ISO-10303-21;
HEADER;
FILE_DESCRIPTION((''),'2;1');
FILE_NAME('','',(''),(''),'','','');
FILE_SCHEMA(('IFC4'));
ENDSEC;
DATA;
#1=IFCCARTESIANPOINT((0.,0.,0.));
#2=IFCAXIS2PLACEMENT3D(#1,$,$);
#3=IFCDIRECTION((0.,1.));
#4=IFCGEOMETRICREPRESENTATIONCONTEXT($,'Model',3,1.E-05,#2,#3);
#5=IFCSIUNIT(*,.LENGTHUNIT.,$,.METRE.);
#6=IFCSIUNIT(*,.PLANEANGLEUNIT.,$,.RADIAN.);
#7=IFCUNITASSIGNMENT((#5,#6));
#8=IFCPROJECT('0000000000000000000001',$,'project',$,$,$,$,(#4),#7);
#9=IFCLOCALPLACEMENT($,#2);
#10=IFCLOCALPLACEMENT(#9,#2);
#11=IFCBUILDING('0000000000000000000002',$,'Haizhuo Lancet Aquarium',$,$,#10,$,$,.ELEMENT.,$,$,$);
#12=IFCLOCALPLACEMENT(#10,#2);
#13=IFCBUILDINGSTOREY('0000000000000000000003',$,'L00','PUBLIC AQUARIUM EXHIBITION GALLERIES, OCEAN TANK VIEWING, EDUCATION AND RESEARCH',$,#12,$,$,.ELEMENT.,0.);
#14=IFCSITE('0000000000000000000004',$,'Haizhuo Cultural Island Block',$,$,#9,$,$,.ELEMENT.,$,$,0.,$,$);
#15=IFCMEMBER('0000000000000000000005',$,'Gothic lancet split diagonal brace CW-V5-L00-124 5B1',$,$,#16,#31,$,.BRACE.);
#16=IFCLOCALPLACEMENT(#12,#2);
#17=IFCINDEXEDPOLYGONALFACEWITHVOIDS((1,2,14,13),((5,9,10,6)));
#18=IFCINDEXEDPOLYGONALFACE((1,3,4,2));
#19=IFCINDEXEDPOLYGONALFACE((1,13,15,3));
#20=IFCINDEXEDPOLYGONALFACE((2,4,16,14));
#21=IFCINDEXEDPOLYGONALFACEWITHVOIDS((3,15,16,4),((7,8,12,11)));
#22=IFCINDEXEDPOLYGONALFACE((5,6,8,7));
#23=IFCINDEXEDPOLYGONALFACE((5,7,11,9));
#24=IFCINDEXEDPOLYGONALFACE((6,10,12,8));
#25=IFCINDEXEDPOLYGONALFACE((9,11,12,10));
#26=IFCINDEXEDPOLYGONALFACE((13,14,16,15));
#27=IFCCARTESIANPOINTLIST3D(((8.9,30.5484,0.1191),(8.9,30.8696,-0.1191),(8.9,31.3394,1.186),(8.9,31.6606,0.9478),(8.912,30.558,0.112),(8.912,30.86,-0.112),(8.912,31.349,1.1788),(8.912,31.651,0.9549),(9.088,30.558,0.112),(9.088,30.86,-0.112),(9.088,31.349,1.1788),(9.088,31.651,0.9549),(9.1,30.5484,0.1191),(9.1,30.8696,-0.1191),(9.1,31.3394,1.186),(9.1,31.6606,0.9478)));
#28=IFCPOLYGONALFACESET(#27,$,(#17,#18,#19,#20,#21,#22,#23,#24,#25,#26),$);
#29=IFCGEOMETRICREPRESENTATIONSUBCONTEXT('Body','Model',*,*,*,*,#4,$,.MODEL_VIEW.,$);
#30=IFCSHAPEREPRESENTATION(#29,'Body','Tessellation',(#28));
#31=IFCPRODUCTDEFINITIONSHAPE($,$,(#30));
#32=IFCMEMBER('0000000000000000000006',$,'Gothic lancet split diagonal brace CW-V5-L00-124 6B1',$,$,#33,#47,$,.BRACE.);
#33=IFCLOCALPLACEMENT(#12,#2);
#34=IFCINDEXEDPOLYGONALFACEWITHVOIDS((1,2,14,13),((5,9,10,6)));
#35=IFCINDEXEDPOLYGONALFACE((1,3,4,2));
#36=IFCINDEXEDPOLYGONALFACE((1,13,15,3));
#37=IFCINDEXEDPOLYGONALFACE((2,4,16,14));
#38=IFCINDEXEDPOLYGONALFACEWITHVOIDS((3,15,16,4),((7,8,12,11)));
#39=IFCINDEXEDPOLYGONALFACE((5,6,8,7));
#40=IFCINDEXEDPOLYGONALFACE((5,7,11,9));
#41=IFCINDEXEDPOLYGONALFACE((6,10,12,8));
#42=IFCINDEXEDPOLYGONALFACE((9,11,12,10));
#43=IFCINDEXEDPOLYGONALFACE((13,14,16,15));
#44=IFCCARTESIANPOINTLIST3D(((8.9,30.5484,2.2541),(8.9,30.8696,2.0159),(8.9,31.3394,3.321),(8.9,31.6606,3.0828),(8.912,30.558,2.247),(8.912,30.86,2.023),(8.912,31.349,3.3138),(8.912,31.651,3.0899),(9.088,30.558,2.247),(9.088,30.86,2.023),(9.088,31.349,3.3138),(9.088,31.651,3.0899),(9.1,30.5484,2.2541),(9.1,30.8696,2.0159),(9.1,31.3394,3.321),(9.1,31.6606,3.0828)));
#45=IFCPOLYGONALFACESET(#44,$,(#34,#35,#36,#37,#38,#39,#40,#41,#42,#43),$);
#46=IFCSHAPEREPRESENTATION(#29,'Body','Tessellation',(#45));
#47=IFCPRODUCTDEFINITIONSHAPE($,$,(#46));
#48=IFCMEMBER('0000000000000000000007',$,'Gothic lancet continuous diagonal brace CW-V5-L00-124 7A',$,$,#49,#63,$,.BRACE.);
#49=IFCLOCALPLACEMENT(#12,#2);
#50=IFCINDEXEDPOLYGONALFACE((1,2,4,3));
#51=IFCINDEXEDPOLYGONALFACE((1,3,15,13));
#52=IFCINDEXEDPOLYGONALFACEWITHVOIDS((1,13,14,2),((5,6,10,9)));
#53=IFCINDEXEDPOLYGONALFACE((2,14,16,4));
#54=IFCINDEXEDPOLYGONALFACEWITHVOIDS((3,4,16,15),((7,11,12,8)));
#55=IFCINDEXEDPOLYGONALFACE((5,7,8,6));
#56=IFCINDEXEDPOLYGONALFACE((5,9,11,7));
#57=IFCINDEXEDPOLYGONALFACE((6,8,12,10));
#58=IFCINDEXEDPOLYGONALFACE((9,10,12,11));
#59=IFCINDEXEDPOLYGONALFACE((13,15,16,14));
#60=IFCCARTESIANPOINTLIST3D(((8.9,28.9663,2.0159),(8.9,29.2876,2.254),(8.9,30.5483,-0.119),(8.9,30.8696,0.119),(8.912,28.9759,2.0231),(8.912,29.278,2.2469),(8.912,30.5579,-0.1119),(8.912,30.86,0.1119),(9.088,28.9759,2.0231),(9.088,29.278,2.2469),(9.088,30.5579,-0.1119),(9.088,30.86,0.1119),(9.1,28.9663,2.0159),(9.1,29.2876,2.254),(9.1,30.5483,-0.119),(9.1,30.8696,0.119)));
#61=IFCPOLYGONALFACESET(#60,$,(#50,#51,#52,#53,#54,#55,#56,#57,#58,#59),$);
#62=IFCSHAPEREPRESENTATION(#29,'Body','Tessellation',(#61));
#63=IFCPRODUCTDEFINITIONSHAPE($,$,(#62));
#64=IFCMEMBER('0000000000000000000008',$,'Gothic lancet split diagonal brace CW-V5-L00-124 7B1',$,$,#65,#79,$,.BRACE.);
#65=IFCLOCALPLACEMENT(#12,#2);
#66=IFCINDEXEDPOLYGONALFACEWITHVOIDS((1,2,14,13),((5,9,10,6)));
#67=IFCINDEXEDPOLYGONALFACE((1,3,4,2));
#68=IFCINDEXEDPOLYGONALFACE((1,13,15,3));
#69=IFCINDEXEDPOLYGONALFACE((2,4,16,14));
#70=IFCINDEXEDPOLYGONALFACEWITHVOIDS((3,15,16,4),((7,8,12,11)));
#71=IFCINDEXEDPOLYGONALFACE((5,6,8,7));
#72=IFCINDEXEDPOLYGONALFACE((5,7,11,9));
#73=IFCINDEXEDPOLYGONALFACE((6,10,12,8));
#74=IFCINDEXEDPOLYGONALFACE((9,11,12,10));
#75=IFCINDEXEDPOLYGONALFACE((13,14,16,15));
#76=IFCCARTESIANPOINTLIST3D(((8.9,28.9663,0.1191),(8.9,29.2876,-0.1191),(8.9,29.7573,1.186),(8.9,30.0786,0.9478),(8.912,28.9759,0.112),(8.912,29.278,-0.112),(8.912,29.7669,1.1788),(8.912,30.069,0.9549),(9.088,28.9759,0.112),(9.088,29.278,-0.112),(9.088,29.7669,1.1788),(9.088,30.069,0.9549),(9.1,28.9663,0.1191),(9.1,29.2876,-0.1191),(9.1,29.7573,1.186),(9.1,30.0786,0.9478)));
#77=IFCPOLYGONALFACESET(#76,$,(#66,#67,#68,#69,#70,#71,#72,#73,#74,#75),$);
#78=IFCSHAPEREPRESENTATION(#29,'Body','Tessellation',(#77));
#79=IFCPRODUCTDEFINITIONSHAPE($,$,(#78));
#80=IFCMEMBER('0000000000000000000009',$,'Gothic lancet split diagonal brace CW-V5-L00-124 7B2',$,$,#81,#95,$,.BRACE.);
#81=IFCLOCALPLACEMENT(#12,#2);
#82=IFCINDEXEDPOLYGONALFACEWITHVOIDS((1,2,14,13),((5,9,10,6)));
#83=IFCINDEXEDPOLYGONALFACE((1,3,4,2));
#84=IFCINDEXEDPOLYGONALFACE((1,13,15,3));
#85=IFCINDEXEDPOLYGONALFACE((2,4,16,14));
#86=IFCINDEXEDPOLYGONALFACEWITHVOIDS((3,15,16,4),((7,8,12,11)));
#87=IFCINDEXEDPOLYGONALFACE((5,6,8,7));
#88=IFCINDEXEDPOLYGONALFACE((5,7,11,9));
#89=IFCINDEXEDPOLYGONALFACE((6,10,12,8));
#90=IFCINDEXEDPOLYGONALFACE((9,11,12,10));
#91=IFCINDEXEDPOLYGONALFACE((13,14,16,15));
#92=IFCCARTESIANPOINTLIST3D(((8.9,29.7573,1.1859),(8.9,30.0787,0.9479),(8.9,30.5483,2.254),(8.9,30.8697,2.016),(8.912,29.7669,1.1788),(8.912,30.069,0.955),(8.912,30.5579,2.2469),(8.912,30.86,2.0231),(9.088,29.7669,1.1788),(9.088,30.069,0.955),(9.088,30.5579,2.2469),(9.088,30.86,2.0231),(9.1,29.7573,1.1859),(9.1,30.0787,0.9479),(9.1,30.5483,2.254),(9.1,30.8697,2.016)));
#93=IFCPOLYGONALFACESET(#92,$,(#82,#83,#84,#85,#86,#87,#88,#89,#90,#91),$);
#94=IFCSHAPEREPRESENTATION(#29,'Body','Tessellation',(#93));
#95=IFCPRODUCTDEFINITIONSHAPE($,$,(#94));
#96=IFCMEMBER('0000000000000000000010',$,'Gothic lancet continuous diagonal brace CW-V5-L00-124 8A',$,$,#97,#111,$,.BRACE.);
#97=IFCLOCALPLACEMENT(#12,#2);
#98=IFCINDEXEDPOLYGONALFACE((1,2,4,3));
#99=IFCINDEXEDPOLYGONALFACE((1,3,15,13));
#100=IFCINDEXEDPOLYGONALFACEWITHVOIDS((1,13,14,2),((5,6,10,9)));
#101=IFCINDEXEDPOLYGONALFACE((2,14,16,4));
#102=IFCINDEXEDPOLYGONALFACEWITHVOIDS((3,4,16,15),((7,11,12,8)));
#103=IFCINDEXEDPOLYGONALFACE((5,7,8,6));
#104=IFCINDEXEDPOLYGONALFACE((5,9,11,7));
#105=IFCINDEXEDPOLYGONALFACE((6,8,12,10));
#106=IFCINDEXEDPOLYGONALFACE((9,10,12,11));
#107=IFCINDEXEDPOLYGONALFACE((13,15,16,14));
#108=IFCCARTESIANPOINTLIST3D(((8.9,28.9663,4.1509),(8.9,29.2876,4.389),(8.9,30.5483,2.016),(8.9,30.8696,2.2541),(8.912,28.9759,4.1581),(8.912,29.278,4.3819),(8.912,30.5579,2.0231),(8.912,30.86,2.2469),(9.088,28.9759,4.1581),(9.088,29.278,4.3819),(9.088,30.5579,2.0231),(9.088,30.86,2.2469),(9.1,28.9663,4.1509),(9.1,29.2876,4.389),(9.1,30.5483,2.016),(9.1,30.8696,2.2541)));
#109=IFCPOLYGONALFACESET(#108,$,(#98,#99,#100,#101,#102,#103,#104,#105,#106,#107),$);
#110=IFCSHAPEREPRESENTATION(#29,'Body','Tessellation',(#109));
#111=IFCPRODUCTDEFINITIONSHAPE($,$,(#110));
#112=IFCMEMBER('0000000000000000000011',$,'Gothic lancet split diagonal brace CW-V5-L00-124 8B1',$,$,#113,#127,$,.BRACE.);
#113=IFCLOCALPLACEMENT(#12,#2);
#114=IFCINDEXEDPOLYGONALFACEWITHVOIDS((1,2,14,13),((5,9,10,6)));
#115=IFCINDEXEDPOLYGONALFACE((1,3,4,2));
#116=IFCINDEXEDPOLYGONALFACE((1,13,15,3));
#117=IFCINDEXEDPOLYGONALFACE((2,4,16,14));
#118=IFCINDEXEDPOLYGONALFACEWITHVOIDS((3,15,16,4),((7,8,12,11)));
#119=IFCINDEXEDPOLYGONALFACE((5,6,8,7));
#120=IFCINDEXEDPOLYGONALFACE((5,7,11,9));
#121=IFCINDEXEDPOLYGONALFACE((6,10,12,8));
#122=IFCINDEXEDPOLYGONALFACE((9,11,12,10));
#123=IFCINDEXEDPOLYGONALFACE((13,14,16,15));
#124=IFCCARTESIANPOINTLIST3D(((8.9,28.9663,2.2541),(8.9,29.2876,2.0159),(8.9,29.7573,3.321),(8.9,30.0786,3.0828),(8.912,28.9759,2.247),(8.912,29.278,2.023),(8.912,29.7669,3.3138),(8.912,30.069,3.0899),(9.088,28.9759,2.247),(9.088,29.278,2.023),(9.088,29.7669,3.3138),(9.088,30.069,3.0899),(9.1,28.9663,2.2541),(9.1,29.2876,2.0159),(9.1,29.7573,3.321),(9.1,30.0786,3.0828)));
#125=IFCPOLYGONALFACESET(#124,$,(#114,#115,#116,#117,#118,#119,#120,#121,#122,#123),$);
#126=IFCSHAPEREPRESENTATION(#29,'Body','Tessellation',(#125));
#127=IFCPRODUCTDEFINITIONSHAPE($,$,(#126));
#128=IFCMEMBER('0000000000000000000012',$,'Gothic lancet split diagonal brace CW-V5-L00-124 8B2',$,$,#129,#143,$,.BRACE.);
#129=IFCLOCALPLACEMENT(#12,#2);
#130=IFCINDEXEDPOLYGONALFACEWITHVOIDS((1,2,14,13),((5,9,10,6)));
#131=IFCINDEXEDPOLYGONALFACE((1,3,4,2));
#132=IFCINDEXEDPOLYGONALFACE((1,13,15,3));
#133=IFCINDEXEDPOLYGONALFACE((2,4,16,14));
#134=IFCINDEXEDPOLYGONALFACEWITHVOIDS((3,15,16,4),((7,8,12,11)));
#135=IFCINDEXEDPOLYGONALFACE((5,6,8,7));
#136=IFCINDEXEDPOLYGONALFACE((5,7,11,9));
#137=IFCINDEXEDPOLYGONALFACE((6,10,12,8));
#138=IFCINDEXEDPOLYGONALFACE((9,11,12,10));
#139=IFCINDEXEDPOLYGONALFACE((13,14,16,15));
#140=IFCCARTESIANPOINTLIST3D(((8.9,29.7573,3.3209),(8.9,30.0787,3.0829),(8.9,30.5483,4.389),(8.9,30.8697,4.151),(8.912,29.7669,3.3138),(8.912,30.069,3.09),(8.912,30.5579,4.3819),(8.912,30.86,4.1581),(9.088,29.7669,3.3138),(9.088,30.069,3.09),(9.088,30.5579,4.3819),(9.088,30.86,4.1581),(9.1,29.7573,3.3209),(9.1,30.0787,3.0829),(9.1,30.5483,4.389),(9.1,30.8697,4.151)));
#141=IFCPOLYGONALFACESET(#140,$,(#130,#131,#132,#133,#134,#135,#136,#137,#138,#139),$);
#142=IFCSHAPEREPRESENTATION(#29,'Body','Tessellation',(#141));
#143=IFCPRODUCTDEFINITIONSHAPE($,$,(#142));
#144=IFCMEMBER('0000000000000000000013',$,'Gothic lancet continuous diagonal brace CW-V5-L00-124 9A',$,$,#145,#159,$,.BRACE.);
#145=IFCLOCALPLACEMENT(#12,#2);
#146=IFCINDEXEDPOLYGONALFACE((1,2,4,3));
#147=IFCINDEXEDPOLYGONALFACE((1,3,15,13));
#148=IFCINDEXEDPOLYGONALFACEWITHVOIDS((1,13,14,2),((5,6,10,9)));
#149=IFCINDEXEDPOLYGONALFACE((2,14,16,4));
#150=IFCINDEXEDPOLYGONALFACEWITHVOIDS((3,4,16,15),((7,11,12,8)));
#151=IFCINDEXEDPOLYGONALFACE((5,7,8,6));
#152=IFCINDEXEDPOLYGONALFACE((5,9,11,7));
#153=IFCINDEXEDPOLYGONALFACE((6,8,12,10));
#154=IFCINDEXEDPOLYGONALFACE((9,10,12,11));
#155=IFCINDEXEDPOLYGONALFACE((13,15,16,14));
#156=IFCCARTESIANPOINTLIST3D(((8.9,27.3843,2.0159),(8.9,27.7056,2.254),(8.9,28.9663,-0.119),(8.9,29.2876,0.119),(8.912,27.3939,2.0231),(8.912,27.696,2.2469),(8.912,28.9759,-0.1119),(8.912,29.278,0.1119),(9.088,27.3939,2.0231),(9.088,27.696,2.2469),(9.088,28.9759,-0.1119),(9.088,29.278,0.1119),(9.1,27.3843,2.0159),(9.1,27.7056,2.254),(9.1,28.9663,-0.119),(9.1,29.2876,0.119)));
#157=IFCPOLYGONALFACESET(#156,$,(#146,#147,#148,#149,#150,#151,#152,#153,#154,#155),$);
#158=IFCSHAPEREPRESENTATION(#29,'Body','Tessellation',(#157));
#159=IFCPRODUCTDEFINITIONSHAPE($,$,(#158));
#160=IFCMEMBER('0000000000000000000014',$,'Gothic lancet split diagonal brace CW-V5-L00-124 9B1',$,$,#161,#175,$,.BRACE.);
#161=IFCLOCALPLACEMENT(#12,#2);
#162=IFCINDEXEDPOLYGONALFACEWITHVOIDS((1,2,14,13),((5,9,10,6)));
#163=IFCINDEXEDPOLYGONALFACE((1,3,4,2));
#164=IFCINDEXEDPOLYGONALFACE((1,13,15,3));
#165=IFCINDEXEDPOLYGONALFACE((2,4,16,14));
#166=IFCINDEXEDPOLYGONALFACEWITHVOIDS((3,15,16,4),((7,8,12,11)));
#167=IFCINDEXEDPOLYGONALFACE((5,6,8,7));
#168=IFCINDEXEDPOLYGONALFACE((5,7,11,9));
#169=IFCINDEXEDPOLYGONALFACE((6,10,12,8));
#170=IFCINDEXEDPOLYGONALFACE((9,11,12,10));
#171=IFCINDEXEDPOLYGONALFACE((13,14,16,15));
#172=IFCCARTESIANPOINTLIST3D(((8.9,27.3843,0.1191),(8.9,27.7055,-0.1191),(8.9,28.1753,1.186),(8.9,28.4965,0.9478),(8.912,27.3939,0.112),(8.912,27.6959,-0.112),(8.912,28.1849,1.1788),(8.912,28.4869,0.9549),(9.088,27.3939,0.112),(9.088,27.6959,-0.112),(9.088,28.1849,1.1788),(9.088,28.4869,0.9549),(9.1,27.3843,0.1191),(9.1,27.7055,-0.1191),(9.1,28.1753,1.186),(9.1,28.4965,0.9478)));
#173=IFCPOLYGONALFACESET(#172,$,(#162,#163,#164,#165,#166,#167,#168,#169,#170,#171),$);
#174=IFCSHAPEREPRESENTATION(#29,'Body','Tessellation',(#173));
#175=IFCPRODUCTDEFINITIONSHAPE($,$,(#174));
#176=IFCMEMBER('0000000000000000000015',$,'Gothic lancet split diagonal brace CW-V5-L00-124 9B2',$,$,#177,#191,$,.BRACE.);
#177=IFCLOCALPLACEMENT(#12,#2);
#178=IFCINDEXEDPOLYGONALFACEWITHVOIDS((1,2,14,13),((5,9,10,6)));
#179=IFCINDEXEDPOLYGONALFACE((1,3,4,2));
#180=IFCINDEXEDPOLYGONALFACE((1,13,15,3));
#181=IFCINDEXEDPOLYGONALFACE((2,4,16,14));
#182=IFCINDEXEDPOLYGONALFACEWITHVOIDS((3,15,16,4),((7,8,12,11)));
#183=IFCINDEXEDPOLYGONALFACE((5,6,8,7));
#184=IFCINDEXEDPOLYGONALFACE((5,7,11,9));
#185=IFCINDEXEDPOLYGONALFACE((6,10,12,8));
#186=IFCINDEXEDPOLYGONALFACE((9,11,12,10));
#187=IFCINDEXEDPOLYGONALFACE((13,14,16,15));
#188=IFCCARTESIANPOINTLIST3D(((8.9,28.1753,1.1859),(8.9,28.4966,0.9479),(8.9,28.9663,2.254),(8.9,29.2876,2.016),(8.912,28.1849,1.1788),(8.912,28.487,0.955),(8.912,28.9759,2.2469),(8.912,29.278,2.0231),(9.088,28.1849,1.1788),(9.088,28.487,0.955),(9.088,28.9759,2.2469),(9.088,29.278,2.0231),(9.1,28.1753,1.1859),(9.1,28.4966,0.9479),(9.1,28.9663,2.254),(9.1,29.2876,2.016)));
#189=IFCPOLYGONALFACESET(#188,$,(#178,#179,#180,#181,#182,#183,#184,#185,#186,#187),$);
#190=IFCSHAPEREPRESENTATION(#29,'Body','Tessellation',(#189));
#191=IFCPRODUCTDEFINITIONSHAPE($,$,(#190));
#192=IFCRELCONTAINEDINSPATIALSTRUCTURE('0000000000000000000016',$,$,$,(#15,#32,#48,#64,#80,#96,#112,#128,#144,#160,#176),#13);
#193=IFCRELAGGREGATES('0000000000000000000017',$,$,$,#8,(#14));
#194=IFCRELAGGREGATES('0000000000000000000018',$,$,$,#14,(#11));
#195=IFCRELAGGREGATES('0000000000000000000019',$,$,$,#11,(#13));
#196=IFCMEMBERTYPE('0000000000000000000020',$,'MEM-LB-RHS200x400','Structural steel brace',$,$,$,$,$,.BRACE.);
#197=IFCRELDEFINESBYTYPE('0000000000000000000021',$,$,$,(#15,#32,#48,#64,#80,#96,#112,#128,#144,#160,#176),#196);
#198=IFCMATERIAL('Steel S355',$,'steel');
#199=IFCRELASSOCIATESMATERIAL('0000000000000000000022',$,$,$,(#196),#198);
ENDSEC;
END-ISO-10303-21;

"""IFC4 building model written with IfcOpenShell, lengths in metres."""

from ifc_helpers import new_model, si_unit, direction, frame, origin, origin_2d, place, context, subcontext, project, spatial, hollow_rectangle, extrude, material, material_profile, profile_set, type_object, element, save


model = new_model("IFC4")

# Units and contexts
model_context = context("Model", 3, precision=1e-05, world=origin(), true_north=direction((0.0, 1.0)))
body_context = subcontext(model_context, "Body", "Model", "MODEL_VIEW")
ifc_project = project(units=[si_unit("LENGTHUNIT", "METRE"), si_unit("PLANEANGLEUNIT", "RADIAN")], contexts=[model_context])

# Site, building, storey
site_placement = place(None, origin())
site = spatial("IfcSite", under=ifc_project, at=site_placement, Name="Haizhuo Cultural Island Block", CompositionType="ELEMENT", RefElevation=0.0)
building_placement = place(site_placement, origin())
building = spatial("IfcBuilding", under=site, at=building_placement, Name="Haizhuo Lancet Aquarium", CompositionType="ELEMENT")
storey_placement = place(building_placement, origin())
storey = spatial("IfcBuildingStorey", under=building, at=storey_placement, Name="L00", Description="PUBLIC AQUARIUM EXHIBITION GALLERIES, OCEAN TANK VIEWING, EDUCATION AND RESEARCH", CompositionType="ELEMENT", Elevation=0.0)

# Members
ifc_material_1 = material(Name="Steel S355", Category="steel")
ifc_material_profile_1 = material_profile(ifc_material_1, hollow_rectangle(XDim=0.2, YDim=0.3999, WallThickness=0.012, at=origin_2d()), Name="RHS 200x400x12")
ifc_profile_set_1 = profile_set([ifc_material_profile_1], Name="Steel S355")
member_type_1 = type_object("IfcMemberType", Name="MEM-LB-RHS200x400", Description="Structural steel brace", PredefinedType="BRACE", material=ifc_profile_set_1)
for number, where, z_axis, x_axis, name in (
    (1, (9.0, 30.709, 0.0), (0.0, 0.595579, 0.803297), (-1.0, 0.0, 0.0), "Gothic lancet split diagonal brace CW-V5-L00-124 5B1"),
    (2, (9.0, 30.709, 2.135), (0.0, 0.595579, 0.803297), (-1.0, 0.0, 0.0), "Gothic lancet split diagonal brace CW-V5-L00-124 6B1"),
):
    element("IfcMember", number, at=place(storey_placement, frame(where, z_axis=z_axis, x_axis=x_axis)), inside=storey, type_object=member_type_1, Name=name, PredefinedType="BRACE", context=body_context, shape_type="SweptSolid", body=[
        extrude(hollow_rectangle(XDim=0.2, YDim=0.3999, WallThickness=0.012, at=origin_2d()), origin(), (0.0, 0.0, 1.0), 1.3281),
    ])
member_1_placement = place(storey_placement, frame((9.0, 30.709, 0.0), z_axis=(0.0, -0.595359, 0.80346), x_axis=(1.0, 0.0, 0.0)))
element("IfcMember", 3, at=member_1_placement, inside=storey, type_object=member_type_1, Name="Gothic lancet continuous diagonal brace CW-V5-L00-124 7A", PredefinedType="BRACE", context=body_context, shape_type="SweptSolid", body=[
    extrude(hollow_rectangle(XDim=0.2, YDim=0.3999, WallThickness=0.012, at=origin_2d()), origin(), (0.0, 0.0, 1.0), 2.6572),
])
member_2_placement = place(storey_placement, frame((9.0, 29.127, 0.0), z_axis=(0.0, 0.595579, 0.803297), x_axis=(-1.0, 0.0, 0.0)))
element("IfcMember", 4, at=member_2_placement, inside=storey, type_object=member_type_1, Name="Gothic lancet split diagonal brace CW-V5-L00-124 7B1", PredefinedType="BRACE", context=body_context, shape_type="SweptSolid", body=[
    extrude(hollow_rectangle(XDim=0.2, YDim=0.3999, WallThickness=0.012, at=origin_2d()), origin(), (0.0, 0.0, 1.0), 1.3281),
])
member_3_placement = place(storey_placement, frame((9.0, 29.918, 1.0669), z_axis=(0.0, 0.59514, 0.803622), x_axis=(-1.0, 0.0, 0.0)))
element("IfcMember", 5, at=member_3_placement, inside=storey, type_object=member_type_1, Name="Gothic lancet split diagonal brace CW-V5-L00-124 7B2", PredefinedType="BRACE", context=body_context, shape_type="SweptSolid", body=[
    extrude(hollow_rectangle(XDim=0.2, YDim=0.3999, WallThickness=0.012, at=origin_2d()), origin(), (0.0, 0.0, 1.0), 1.3291),
])
member_4_placement = place(storey_placement, frame((9.0, 30.709, 2.135), z_axis=(0.0, -0.595359, 0.80346), x_axis=(1.0, 0.0, 0.0)))
element("IfcMember", 6, at=member_4_placement, inside=storey, type_object=member_type_1, Name="Gothic lancet continuous diagonal brace CW-V5-L00-124 8A", PredefinedType="BRACE", context=body_context, shape_type="SweptSolid", body=[
    extrude(hollow_rectangle(XDim=0.2, YDim=0.3999, WallThickness=0.012, at=origin_2d()), origin(), (0.0, 0.0, 1.0), 2.6572),
])
member_5_placement = place(storey_placement, frame((9.0, 29.127, 2.135), z_axis=(0.0, 0.595579, 0.803297), x_axis=(-1.0, 0.0, 0.0)))
element("IfcMember", 7, at=member_5_placement, inside=storey, type_object=member_type_1, Name="Gothic lancet split diagonal brace CW-V5-L00-124 8B1", PredefinedType="BRACE", context=body_context, shape_type="SweptSolid", body=[
    extrude(hollow_rectangle(XDim=0.2, YDim=0.3999, WallThickness=0.012, at=origin_2d()), origin(), (0.0, 0.0, 1.0), 1.3281),
])
member_6_placement = place(storey_placement, frame((9.0, 29.918, 3.2019), z_axis=(0.0, 0.59514, 0.803622), x_axis=(-1.0, 0.0, 0.0)))
element("IfcMember", 8, at=member_6_placement, inside=storey, type_object=member_type_1, Name="Gothic lancet split diagonal brace CW-V5-L00-124 8B2", PredefinedType="BRACE", context=body_context, shape_type="SweptSolid", body=[
    extrude(hollow_rectangle(XDim=0.2, YDim=0.3999, WallThickness=0.012, at=origin_2d()), origin(), (0.0, 0.0, 1.0), 1.3291),
])
member_7_placement = place(storey_placement, frame((9.0, 29.127, 0.0), z_axis=(0.0, -0.595359, 0.80346), x_axis=(1.0, 0.0, 0.0)))
element("IfcMember", 9, at=member_7_placement, inside=storey, type_object=member_type_1, Name="Gothic lancet continuous diagonal brace CW-V5-L00-124 9A", PredefinedType="BRACE", context=body_context, shape_type="SweptSolid", body=[
    extrude(hollow_rectangle(XDim=0.2, YDim=0.3999, WallThickness=0.012, at=origin_2d()), origin(), (0.0, 0.0, 1.0), 2.6572),
])
member_8_placement = place(storey_placement, frame((9.0, 27.5449, 0.0), z_axis=(0.0, 0.595579, 0.803297), x_axis=(-1.0, 0.0, 0.0)))
element("IfcMember", 10, at=member_8_placement, inside=storey, type_object=member_type_1, Name="Gothic lancet split diagonal brace CW-V5-L00-124 9B1", PredefinedType="BRACE", context=body_context, shape_type="SweptSolid", body=[
    extrude(hollow_rectangle(XDim=0.2, YDim=0.3999, WallThickness=0.012, at=origin_2d()), origin(), (0.0, 0.0, 1.0), 1.3281),
])
member_9_placement = place(storey_placement, frame((9.0, 28.3359, 1.0669), z_axis=(0.0, 0.59514, 0.803622), x_axis=(-1.0, 0.0, 0.0)))
element("IfcMember", 11, at=member_9_placement, inside=storey, type_object=member_type_1, Name="Gothic lancet split diagonal brace CW-V5-L00-124 9B2", PredefinedType="BRACE", context=body_context, shape_type="SweptSolid", body=[
    extrude(hollow_rectangle(XDim=0.2, YDim=0.3999, WallThickness=0.012, at=origin_2d()), origin(), (0.0, 0.0, 1.0), 1.3291),
])

save(model, "model.ifc")
